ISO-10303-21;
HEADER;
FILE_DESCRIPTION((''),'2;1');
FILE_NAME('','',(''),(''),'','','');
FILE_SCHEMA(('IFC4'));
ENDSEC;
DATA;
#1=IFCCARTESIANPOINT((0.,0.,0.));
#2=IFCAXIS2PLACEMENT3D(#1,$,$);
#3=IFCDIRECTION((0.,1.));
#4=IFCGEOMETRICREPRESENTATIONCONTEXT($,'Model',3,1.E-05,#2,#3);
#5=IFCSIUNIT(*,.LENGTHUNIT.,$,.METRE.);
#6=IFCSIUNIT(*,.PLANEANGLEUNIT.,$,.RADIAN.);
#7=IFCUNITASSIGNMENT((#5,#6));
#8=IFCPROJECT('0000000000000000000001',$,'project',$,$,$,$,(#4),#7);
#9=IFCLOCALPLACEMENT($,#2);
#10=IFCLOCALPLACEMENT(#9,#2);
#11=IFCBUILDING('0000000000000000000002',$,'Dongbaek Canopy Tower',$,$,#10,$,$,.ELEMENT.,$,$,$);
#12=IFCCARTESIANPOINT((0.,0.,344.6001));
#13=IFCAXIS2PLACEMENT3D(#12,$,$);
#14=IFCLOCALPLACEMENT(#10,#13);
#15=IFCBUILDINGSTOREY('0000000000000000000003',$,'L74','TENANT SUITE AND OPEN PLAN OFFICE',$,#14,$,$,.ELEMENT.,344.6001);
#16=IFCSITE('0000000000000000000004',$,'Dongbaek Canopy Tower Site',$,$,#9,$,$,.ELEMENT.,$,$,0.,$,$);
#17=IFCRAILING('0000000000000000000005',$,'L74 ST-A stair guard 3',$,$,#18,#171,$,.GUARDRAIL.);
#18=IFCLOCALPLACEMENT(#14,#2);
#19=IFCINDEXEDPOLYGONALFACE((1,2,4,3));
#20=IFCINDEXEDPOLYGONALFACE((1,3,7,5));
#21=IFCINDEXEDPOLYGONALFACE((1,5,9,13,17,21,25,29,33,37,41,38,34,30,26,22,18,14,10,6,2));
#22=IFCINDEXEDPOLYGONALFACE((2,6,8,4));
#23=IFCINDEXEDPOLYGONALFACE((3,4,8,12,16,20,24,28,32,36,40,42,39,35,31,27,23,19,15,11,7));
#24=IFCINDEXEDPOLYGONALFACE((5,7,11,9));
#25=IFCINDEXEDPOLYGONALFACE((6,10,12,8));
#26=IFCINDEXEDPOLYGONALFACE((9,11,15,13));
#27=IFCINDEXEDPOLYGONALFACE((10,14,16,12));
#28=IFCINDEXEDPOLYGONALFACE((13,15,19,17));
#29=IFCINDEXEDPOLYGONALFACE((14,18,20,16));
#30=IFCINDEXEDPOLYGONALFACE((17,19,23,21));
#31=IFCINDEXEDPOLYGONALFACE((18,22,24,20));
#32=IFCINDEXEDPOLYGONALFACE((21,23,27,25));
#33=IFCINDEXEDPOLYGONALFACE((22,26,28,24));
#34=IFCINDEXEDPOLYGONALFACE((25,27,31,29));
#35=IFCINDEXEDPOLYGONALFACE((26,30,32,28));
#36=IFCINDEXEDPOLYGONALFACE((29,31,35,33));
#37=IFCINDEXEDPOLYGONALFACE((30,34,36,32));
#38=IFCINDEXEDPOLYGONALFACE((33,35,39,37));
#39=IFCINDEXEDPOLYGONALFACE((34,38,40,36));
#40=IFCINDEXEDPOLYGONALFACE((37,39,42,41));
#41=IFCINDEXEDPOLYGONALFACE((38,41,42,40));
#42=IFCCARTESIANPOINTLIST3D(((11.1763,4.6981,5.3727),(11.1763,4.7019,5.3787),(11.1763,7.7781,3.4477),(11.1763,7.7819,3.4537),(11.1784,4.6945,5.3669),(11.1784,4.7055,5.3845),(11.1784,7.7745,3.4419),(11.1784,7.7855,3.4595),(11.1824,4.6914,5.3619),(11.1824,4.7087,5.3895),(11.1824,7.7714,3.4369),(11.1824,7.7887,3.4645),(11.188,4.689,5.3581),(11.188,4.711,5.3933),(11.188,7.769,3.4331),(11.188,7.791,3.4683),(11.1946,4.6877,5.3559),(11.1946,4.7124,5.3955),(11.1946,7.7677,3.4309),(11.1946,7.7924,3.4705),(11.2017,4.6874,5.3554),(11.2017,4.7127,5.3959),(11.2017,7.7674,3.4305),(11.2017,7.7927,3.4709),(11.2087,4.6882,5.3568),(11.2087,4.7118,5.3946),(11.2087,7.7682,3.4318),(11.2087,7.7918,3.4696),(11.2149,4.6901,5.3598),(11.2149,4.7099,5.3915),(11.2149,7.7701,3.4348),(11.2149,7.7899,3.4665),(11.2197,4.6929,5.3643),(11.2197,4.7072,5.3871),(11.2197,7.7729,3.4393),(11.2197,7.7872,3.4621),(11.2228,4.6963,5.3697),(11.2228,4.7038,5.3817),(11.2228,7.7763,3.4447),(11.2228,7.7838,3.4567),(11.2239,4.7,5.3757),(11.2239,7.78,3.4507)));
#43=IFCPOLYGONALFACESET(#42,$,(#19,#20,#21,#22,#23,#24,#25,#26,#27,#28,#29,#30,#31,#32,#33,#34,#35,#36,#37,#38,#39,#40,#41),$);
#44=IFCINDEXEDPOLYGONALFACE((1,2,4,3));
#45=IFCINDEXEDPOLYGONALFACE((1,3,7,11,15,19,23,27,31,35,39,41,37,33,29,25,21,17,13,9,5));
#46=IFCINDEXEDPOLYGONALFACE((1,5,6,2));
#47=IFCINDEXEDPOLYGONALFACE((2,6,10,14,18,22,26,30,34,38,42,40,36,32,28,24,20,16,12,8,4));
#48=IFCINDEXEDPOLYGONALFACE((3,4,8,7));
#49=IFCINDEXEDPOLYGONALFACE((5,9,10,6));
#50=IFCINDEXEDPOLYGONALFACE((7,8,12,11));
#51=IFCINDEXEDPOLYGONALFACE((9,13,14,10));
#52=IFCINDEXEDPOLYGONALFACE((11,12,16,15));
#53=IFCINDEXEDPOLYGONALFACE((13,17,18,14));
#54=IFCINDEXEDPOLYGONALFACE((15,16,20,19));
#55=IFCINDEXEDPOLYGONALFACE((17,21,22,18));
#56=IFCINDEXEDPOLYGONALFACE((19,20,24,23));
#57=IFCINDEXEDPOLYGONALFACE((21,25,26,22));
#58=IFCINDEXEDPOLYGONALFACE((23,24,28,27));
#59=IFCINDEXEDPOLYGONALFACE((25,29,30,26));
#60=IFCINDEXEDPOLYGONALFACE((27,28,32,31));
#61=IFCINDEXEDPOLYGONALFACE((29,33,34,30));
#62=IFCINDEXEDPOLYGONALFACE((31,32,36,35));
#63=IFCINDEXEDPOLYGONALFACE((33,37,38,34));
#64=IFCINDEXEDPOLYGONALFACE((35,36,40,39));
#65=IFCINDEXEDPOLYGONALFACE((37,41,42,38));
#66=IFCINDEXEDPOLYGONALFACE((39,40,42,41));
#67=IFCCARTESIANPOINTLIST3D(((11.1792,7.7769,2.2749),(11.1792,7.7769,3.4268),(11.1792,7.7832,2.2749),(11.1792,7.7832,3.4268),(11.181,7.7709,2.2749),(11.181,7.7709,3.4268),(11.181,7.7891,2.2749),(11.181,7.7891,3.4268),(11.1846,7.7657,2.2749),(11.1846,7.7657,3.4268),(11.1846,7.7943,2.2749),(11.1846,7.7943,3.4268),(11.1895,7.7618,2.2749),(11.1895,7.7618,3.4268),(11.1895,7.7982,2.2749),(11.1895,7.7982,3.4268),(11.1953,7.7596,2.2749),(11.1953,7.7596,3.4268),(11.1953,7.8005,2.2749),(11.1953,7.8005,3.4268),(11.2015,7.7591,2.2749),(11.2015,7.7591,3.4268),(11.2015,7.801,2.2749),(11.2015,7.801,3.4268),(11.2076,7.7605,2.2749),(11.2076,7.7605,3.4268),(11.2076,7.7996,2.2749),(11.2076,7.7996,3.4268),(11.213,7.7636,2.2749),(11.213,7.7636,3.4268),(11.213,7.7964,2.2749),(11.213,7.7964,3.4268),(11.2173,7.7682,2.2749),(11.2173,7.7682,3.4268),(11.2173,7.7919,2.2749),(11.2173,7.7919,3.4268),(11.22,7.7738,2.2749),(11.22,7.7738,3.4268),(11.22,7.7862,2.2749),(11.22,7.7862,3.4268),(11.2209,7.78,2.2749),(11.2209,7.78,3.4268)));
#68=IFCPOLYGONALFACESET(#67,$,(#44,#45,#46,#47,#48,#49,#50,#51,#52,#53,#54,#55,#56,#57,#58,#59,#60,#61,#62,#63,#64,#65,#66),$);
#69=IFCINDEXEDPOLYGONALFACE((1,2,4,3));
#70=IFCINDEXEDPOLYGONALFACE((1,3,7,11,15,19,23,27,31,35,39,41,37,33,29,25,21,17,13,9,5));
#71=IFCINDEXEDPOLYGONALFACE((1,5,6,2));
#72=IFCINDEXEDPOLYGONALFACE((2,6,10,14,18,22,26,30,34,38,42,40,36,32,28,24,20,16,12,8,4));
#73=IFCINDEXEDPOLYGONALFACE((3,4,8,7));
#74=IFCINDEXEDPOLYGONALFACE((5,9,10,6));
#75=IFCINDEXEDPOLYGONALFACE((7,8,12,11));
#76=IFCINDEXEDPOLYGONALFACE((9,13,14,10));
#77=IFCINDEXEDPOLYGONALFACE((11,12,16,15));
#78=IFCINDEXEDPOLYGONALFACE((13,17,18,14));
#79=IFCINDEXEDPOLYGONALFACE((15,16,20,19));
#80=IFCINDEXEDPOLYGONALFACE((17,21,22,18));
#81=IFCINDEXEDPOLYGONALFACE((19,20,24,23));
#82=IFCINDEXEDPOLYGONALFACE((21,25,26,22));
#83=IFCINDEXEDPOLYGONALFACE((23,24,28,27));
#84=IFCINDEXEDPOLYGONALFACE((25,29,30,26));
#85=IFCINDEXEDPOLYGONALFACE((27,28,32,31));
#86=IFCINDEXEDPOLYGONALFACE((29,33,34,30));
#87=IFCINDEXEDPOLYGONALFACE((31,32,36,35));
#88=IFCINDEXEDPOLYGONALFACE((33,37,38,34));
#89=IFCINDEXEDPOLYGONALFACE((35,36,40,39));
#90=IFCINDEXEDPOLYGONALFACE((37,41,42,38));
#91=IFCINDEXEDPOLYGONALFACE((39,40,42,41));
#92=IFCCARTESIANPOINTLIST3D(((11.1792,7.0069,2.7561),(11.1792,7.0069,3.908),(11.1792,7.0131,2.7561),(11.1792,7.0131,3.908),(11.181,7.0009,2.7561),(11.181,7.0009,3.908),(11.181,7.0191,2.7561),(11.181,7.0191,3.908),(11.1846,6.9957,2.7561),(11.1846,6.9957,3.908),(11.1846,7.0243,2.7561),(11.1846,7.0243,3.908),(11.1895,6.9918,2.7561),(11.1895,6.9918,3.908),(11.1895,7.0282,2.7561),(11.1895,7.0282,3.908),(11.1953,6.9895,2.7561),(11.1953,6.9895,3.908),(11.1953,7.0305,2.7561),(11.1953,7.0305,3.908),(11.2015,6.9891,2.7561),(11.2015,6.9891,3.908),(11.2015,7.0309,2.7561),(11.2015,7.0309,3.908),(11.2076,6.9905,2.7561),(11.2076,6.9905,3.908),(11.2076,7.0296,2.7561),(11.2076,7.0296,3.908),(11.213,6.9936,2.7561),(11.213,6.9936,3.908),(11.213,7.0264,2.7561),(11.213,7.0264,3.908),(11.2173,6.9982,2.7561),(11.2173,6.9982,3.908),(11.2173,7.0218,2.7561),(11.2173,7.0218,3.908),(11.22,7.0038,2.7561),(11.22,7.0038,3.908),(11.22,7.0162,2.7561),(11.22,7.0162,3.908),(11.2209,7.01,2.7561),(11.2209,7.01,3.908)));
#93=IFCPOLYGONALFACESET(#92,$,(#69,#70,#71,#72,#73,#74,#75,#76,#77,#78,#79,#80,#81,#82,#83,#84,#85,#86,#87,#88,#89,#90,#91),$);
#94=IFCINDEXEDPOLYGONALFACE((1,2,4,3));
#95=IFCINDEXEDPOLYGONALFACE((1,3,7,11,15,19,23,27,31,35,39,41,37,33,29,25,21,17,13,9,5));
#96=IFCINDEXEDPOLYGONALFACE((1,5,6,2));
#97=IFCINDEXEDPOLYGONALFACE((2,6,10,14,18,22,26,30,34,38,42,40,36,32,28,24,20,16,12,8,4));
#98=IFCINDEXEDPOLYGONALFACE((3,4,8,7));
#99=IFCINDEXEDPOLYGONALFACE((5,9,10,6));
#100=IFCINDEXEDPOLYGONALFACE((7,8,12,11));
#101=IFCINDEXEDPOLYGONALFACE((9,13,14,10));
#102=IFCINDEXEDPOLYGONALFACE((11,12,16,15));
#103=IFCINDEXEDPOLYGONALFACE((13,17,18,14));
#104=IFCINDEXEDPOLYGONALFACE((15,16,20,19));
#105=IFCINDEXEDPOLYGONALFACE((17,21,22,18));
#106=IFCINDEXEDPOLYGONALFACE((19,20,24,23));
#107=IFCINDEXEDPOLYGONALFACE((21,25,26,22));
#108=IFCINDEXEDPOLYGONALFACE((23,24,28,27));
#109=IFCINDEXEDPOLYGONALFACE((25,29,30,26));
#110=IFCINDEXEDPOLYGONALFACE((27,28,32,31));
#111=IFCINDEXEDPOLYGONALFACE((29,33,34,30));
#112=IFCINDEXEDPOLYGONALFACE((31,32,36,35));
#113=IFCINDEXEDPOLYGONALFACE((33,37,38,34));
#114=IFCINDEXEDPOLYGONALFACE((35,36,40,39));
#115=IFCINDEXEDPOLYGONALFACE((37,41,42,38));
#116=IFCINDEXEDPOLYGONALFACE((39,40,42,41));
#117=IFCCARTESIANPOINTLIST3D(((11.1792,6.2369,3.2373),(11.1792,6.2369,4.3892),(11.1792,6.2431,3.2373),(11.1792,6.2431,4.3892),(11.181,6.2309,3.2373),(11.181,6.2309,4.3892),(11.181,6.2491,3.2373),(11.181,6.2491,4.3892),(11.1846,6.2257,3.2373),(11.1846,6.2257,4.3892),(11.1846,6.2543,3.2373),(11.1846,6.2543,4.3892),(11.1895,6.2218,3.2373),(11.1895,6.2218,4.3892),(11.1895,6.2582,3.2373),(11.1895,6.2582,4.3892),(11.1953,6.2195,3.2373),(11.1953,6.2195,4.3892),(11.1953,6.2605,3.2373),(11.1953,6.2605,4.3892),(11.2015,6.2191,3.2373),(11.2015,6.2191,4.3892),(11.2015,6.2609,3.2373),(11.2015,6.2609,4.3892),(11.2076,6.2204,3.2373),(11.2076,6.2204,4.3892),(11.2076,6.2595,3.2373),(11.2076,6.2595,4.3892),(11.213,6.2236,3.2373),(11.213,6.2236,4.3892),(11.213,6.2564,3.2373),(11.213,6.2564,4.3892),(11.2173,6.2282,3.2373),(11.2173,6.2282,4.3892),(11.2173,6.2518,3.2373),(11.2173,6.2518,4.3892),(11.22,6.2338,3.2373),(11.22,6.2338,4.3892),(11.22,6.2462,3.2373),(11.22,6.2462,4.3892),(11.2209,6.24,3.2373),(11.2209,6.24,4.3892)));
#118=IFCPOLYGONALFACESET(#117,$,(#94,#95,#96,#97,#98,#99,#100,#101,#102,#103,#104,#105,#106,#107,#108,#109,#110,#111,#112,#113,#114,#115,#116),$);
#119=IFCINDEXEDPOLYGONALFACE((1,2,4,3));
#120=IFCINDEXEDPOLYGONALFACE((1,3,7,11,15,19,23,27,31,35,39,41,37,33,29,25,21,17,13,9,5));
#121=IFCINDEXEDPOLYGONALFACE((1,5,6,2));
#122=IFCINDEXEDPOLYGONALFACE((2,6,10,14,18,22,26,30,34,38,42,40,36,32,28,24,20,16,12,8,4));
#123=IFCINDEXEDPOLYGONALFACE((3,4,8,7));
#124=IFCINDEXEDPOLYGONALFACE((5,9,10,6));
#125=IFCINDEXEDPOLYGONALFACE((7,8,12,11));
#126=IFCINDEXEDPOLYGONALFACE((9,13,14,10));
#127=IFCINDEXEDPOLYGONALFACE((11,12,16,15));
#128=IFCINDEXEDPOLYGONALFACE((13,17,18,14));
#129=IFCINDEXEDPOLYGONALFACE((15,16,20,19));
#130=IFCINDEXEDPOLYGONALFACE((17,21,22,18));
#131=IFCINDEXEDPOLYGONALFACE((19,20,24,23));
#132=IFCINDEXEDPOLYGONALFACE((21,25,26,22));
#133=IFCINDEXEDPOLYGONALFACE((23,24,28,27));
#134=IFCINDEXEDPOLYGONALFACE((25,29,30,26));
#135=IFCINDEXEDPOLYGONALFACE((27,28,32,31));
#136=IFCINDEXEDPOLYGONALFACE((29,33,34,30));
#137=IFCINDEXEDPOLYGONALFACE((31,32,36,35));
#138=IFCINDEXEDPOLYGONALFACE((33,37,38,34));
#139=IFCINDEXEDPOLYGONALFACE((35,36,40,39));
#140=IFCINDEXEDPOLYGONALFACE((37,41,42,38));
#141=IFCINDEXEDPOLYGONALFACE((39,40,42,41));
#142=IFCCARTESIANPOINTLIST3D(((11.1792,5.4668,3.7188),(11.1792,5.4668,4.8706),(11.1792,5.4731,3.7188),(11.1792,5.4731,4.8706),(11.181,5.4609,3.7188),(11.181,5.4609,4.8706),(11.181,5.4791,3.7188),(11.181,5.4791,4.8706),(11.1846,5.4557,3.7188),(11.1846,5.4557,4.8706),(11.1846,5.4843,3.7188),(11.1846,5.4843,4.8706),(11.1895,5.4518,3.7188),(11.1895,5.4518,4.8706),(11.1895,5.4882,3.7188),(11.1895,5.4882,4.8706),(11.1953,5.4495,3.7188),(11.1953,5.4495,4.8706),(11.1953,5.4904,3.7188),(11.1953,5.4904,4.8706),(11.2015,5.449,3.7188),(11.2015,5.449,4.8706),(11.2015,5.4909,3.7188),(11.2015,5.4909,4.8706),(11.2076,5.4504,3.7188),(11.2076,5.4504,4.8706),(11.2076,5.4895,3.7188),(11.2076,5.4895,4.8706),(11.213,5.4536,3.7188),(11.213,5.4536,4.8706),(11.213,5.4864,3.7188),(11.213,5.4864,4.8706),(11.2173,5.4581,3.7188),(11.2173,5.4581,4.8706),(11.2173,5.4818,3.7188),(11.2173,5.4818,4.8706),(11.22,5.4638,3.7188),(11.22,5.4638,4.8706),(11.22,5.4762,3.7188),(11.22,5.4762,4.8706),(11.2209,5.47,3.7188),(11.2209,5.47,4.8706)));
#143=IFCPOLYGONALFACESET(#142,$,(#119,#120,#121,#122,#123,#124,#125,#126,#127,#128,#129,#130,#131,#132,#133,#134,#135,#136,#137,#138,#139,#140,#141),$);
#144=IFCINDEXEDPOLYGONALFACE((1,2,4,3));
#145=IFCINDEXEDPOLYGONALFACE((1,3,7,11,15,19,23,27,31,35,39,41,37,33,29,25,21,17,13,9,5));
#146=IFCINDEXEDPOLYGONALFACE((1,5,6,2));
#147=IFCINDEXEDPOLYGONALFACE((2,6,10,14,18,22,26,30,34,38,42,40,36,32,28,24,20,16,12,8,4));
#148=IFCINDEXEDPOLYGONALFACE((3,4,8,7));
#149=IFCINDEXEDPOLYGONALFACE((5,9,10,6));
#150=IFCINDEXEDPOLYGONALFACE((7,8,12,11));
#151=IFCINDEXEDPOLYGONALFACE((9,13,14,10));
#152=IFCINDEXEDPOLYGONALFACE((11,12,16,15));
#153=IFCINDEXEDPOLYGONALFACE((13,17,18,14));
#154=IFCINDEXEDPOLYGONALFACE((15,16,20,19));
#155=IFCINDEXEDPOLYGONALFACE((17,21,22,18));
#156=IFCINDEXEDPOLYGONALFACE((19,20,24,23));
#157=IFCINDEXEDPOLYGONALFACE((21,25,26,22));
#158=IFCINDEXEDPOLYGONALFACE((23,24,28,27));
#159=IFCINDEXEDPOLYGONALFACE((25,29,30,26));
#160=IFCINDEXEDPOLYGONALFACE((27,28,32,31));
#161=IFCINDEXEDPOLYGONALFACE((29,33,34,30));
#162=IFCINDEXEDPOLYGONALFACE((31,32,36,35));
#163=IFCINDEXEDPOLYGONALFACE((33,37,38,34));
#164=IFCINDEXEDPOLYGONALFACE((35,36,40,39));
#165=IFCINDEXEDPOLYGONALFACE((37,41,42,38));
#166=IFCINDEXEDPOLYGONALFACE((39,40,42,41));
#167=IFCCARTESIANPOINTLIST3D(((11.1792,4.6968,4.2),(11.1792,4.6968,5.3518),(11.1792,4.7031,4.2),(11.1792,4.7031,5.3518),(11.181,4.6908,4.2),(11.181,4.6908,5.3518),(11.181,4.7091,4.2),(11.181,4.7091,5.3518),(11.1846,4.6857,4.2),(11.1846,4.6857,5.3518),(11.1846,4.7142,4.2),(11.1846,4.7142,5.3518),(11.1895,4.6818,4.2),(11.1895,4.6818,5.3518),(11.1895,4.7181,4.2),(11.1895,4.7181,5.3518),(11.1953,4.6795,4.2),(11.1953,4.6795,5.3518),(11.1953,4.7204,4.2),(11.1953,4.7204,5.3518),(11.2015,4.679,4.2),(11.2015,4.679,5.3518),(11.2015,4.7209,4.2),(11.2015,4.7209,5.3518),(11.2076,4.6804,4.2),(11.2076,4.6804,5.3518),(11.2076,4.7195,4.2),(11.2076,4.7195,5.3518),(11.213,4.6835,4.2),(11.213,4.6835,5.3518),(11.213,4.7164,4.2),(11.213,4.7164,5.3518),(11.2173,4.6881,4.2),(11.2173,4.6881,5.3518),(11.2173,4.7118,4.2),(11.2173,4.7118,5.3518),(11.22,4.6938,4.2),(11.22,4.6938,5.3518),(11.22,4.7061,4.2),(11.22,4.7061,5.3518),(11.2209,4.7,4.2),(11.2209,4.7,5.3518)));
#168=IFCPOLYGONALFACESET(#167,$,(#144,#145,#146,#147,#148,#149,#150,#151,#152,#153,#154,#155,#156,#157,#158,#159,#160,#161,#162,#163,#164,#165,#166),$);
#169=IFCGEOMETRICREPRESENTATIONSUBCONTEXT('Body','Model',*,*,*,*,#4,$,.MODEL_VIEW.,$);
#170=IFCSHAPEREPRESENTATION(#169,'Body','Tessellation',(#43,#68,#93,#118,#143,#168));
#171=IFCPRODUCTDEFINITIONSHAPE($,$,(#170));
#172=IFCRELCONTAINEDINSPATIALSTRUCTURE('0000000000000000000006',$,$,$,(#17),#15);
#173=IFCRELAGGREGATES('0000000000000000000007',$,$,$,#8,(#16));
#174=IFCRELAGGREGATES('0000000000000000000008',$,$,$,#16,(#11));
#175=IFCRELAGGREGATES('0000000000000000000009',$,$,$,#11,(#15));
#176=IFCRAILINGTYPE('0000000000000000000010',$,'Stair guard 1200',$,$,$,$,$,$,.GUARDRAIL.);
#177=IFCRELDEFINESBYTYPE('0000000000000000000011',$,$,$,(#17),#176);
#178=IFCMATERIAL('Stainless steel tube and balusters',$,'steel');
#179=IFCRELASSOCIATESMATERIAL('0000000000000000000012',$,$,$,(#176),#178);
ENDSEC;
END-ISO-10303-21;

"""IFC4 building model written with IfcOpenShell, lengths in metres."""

from ifc_helpers import new_model, si_unit, direction, frame, origin, origin_2d, place, context, subcontext, project, spatial, circle, extrude, material, type_object, element, save


model = new_model("IFC4")

# Units and contexts
model_context = context("Model", 3, precision=1e-05, world=origin(), true_north=direction((0.0, 1.0)))
body_context = subcontext(model_context, "Body", "Model", "MODEL_VIEW")
ifc_project = project(units=[si_unit("LENGTHUNIT", "METRE"), si_unit("PLANEANGLEUNIT", "RADIAN")], contexts=[model_context])

# Site, building, storey
site_placement = place(None, origin())
site = spatial("IfcSite", under=ifc_project, at=site_placement, Name="Dongbaek Canopy Tower Site", CompositionType="ELEMENT", RefElevation=0.0)
building_placement = place(site_placement, origin())
building = spatial("IfcBuilding", under=site, at=building_placement, Name="Dongbaek Canopy Tower", CompositionType="ELEMENT")
storey_placement = place(building_placement, frame((0.0, 0.0, 344.6001)))
storey = spatial("IfcBuildingStorey", under=building, at=storey_placement, Name="L74", Description="TENANT SUITE AND OPEN PLAN OFFICE", CompositionType="ELEMENT", Elevation=344.6001)

# Railing
ifc_material_1 = material(Name="Stainless steel tube and balusters", Category="steel")
railing_type_1 = type_object("IfcRailingType", Name="Stair guard 1200", PredefinedType="GUARDRAIL", material=ifc_material_1)
railing_1_placement = place(storey_placement, frame((11.2, 7.78, 2.2749)))
element("IfcRailing", 1, at=railing_1_placement, inside=storey, type_object=railing_type_1, Name="L74 ST-A stair guard 3", PredefinedType="GUARDRAIL", context=body_context, shape_type="SweptSolid", body=[
    extrude(circle(Radius=0.0239, at=origin_2d()), frame((0.0, 0.0, 1.1758), z_axis=(0.0, -0.847998, 0.529999), x_axis=(1.0, 0.0, 0.0)), (0.0, 0.0, 1.0), 3.6321),
    extrude(circle(Radius=0.021, at=origin_2d()), origin(), (0.0, 0.0, 1.0), 1.1519),
    extrude(circle(Radius=0.021, at=origin_2d()), frame((0.0, -0.77, 0.4812)), (0.0, 0.0, 1.0), 1.1519),
    extrude(circle(Radius=0.021, at=origin_2d()), frame((0.0, -1.54, 0.9624)), (0.0, 0.0, 1.0), 1.1519),
    extrude(circle(Radius=0.021, at=origin_2d()), frame((0.0, -2.3101, 1.4438)), (0.0, 0.0, 1.0), 1.1519),
    extrude(circle(Radius=0.021, at=origin_2d()), frame((0.0, -3.0801, 1.925)), (0.0, 0.0, 1.0), 1.1519),
])

save(model, "model.ifc")
